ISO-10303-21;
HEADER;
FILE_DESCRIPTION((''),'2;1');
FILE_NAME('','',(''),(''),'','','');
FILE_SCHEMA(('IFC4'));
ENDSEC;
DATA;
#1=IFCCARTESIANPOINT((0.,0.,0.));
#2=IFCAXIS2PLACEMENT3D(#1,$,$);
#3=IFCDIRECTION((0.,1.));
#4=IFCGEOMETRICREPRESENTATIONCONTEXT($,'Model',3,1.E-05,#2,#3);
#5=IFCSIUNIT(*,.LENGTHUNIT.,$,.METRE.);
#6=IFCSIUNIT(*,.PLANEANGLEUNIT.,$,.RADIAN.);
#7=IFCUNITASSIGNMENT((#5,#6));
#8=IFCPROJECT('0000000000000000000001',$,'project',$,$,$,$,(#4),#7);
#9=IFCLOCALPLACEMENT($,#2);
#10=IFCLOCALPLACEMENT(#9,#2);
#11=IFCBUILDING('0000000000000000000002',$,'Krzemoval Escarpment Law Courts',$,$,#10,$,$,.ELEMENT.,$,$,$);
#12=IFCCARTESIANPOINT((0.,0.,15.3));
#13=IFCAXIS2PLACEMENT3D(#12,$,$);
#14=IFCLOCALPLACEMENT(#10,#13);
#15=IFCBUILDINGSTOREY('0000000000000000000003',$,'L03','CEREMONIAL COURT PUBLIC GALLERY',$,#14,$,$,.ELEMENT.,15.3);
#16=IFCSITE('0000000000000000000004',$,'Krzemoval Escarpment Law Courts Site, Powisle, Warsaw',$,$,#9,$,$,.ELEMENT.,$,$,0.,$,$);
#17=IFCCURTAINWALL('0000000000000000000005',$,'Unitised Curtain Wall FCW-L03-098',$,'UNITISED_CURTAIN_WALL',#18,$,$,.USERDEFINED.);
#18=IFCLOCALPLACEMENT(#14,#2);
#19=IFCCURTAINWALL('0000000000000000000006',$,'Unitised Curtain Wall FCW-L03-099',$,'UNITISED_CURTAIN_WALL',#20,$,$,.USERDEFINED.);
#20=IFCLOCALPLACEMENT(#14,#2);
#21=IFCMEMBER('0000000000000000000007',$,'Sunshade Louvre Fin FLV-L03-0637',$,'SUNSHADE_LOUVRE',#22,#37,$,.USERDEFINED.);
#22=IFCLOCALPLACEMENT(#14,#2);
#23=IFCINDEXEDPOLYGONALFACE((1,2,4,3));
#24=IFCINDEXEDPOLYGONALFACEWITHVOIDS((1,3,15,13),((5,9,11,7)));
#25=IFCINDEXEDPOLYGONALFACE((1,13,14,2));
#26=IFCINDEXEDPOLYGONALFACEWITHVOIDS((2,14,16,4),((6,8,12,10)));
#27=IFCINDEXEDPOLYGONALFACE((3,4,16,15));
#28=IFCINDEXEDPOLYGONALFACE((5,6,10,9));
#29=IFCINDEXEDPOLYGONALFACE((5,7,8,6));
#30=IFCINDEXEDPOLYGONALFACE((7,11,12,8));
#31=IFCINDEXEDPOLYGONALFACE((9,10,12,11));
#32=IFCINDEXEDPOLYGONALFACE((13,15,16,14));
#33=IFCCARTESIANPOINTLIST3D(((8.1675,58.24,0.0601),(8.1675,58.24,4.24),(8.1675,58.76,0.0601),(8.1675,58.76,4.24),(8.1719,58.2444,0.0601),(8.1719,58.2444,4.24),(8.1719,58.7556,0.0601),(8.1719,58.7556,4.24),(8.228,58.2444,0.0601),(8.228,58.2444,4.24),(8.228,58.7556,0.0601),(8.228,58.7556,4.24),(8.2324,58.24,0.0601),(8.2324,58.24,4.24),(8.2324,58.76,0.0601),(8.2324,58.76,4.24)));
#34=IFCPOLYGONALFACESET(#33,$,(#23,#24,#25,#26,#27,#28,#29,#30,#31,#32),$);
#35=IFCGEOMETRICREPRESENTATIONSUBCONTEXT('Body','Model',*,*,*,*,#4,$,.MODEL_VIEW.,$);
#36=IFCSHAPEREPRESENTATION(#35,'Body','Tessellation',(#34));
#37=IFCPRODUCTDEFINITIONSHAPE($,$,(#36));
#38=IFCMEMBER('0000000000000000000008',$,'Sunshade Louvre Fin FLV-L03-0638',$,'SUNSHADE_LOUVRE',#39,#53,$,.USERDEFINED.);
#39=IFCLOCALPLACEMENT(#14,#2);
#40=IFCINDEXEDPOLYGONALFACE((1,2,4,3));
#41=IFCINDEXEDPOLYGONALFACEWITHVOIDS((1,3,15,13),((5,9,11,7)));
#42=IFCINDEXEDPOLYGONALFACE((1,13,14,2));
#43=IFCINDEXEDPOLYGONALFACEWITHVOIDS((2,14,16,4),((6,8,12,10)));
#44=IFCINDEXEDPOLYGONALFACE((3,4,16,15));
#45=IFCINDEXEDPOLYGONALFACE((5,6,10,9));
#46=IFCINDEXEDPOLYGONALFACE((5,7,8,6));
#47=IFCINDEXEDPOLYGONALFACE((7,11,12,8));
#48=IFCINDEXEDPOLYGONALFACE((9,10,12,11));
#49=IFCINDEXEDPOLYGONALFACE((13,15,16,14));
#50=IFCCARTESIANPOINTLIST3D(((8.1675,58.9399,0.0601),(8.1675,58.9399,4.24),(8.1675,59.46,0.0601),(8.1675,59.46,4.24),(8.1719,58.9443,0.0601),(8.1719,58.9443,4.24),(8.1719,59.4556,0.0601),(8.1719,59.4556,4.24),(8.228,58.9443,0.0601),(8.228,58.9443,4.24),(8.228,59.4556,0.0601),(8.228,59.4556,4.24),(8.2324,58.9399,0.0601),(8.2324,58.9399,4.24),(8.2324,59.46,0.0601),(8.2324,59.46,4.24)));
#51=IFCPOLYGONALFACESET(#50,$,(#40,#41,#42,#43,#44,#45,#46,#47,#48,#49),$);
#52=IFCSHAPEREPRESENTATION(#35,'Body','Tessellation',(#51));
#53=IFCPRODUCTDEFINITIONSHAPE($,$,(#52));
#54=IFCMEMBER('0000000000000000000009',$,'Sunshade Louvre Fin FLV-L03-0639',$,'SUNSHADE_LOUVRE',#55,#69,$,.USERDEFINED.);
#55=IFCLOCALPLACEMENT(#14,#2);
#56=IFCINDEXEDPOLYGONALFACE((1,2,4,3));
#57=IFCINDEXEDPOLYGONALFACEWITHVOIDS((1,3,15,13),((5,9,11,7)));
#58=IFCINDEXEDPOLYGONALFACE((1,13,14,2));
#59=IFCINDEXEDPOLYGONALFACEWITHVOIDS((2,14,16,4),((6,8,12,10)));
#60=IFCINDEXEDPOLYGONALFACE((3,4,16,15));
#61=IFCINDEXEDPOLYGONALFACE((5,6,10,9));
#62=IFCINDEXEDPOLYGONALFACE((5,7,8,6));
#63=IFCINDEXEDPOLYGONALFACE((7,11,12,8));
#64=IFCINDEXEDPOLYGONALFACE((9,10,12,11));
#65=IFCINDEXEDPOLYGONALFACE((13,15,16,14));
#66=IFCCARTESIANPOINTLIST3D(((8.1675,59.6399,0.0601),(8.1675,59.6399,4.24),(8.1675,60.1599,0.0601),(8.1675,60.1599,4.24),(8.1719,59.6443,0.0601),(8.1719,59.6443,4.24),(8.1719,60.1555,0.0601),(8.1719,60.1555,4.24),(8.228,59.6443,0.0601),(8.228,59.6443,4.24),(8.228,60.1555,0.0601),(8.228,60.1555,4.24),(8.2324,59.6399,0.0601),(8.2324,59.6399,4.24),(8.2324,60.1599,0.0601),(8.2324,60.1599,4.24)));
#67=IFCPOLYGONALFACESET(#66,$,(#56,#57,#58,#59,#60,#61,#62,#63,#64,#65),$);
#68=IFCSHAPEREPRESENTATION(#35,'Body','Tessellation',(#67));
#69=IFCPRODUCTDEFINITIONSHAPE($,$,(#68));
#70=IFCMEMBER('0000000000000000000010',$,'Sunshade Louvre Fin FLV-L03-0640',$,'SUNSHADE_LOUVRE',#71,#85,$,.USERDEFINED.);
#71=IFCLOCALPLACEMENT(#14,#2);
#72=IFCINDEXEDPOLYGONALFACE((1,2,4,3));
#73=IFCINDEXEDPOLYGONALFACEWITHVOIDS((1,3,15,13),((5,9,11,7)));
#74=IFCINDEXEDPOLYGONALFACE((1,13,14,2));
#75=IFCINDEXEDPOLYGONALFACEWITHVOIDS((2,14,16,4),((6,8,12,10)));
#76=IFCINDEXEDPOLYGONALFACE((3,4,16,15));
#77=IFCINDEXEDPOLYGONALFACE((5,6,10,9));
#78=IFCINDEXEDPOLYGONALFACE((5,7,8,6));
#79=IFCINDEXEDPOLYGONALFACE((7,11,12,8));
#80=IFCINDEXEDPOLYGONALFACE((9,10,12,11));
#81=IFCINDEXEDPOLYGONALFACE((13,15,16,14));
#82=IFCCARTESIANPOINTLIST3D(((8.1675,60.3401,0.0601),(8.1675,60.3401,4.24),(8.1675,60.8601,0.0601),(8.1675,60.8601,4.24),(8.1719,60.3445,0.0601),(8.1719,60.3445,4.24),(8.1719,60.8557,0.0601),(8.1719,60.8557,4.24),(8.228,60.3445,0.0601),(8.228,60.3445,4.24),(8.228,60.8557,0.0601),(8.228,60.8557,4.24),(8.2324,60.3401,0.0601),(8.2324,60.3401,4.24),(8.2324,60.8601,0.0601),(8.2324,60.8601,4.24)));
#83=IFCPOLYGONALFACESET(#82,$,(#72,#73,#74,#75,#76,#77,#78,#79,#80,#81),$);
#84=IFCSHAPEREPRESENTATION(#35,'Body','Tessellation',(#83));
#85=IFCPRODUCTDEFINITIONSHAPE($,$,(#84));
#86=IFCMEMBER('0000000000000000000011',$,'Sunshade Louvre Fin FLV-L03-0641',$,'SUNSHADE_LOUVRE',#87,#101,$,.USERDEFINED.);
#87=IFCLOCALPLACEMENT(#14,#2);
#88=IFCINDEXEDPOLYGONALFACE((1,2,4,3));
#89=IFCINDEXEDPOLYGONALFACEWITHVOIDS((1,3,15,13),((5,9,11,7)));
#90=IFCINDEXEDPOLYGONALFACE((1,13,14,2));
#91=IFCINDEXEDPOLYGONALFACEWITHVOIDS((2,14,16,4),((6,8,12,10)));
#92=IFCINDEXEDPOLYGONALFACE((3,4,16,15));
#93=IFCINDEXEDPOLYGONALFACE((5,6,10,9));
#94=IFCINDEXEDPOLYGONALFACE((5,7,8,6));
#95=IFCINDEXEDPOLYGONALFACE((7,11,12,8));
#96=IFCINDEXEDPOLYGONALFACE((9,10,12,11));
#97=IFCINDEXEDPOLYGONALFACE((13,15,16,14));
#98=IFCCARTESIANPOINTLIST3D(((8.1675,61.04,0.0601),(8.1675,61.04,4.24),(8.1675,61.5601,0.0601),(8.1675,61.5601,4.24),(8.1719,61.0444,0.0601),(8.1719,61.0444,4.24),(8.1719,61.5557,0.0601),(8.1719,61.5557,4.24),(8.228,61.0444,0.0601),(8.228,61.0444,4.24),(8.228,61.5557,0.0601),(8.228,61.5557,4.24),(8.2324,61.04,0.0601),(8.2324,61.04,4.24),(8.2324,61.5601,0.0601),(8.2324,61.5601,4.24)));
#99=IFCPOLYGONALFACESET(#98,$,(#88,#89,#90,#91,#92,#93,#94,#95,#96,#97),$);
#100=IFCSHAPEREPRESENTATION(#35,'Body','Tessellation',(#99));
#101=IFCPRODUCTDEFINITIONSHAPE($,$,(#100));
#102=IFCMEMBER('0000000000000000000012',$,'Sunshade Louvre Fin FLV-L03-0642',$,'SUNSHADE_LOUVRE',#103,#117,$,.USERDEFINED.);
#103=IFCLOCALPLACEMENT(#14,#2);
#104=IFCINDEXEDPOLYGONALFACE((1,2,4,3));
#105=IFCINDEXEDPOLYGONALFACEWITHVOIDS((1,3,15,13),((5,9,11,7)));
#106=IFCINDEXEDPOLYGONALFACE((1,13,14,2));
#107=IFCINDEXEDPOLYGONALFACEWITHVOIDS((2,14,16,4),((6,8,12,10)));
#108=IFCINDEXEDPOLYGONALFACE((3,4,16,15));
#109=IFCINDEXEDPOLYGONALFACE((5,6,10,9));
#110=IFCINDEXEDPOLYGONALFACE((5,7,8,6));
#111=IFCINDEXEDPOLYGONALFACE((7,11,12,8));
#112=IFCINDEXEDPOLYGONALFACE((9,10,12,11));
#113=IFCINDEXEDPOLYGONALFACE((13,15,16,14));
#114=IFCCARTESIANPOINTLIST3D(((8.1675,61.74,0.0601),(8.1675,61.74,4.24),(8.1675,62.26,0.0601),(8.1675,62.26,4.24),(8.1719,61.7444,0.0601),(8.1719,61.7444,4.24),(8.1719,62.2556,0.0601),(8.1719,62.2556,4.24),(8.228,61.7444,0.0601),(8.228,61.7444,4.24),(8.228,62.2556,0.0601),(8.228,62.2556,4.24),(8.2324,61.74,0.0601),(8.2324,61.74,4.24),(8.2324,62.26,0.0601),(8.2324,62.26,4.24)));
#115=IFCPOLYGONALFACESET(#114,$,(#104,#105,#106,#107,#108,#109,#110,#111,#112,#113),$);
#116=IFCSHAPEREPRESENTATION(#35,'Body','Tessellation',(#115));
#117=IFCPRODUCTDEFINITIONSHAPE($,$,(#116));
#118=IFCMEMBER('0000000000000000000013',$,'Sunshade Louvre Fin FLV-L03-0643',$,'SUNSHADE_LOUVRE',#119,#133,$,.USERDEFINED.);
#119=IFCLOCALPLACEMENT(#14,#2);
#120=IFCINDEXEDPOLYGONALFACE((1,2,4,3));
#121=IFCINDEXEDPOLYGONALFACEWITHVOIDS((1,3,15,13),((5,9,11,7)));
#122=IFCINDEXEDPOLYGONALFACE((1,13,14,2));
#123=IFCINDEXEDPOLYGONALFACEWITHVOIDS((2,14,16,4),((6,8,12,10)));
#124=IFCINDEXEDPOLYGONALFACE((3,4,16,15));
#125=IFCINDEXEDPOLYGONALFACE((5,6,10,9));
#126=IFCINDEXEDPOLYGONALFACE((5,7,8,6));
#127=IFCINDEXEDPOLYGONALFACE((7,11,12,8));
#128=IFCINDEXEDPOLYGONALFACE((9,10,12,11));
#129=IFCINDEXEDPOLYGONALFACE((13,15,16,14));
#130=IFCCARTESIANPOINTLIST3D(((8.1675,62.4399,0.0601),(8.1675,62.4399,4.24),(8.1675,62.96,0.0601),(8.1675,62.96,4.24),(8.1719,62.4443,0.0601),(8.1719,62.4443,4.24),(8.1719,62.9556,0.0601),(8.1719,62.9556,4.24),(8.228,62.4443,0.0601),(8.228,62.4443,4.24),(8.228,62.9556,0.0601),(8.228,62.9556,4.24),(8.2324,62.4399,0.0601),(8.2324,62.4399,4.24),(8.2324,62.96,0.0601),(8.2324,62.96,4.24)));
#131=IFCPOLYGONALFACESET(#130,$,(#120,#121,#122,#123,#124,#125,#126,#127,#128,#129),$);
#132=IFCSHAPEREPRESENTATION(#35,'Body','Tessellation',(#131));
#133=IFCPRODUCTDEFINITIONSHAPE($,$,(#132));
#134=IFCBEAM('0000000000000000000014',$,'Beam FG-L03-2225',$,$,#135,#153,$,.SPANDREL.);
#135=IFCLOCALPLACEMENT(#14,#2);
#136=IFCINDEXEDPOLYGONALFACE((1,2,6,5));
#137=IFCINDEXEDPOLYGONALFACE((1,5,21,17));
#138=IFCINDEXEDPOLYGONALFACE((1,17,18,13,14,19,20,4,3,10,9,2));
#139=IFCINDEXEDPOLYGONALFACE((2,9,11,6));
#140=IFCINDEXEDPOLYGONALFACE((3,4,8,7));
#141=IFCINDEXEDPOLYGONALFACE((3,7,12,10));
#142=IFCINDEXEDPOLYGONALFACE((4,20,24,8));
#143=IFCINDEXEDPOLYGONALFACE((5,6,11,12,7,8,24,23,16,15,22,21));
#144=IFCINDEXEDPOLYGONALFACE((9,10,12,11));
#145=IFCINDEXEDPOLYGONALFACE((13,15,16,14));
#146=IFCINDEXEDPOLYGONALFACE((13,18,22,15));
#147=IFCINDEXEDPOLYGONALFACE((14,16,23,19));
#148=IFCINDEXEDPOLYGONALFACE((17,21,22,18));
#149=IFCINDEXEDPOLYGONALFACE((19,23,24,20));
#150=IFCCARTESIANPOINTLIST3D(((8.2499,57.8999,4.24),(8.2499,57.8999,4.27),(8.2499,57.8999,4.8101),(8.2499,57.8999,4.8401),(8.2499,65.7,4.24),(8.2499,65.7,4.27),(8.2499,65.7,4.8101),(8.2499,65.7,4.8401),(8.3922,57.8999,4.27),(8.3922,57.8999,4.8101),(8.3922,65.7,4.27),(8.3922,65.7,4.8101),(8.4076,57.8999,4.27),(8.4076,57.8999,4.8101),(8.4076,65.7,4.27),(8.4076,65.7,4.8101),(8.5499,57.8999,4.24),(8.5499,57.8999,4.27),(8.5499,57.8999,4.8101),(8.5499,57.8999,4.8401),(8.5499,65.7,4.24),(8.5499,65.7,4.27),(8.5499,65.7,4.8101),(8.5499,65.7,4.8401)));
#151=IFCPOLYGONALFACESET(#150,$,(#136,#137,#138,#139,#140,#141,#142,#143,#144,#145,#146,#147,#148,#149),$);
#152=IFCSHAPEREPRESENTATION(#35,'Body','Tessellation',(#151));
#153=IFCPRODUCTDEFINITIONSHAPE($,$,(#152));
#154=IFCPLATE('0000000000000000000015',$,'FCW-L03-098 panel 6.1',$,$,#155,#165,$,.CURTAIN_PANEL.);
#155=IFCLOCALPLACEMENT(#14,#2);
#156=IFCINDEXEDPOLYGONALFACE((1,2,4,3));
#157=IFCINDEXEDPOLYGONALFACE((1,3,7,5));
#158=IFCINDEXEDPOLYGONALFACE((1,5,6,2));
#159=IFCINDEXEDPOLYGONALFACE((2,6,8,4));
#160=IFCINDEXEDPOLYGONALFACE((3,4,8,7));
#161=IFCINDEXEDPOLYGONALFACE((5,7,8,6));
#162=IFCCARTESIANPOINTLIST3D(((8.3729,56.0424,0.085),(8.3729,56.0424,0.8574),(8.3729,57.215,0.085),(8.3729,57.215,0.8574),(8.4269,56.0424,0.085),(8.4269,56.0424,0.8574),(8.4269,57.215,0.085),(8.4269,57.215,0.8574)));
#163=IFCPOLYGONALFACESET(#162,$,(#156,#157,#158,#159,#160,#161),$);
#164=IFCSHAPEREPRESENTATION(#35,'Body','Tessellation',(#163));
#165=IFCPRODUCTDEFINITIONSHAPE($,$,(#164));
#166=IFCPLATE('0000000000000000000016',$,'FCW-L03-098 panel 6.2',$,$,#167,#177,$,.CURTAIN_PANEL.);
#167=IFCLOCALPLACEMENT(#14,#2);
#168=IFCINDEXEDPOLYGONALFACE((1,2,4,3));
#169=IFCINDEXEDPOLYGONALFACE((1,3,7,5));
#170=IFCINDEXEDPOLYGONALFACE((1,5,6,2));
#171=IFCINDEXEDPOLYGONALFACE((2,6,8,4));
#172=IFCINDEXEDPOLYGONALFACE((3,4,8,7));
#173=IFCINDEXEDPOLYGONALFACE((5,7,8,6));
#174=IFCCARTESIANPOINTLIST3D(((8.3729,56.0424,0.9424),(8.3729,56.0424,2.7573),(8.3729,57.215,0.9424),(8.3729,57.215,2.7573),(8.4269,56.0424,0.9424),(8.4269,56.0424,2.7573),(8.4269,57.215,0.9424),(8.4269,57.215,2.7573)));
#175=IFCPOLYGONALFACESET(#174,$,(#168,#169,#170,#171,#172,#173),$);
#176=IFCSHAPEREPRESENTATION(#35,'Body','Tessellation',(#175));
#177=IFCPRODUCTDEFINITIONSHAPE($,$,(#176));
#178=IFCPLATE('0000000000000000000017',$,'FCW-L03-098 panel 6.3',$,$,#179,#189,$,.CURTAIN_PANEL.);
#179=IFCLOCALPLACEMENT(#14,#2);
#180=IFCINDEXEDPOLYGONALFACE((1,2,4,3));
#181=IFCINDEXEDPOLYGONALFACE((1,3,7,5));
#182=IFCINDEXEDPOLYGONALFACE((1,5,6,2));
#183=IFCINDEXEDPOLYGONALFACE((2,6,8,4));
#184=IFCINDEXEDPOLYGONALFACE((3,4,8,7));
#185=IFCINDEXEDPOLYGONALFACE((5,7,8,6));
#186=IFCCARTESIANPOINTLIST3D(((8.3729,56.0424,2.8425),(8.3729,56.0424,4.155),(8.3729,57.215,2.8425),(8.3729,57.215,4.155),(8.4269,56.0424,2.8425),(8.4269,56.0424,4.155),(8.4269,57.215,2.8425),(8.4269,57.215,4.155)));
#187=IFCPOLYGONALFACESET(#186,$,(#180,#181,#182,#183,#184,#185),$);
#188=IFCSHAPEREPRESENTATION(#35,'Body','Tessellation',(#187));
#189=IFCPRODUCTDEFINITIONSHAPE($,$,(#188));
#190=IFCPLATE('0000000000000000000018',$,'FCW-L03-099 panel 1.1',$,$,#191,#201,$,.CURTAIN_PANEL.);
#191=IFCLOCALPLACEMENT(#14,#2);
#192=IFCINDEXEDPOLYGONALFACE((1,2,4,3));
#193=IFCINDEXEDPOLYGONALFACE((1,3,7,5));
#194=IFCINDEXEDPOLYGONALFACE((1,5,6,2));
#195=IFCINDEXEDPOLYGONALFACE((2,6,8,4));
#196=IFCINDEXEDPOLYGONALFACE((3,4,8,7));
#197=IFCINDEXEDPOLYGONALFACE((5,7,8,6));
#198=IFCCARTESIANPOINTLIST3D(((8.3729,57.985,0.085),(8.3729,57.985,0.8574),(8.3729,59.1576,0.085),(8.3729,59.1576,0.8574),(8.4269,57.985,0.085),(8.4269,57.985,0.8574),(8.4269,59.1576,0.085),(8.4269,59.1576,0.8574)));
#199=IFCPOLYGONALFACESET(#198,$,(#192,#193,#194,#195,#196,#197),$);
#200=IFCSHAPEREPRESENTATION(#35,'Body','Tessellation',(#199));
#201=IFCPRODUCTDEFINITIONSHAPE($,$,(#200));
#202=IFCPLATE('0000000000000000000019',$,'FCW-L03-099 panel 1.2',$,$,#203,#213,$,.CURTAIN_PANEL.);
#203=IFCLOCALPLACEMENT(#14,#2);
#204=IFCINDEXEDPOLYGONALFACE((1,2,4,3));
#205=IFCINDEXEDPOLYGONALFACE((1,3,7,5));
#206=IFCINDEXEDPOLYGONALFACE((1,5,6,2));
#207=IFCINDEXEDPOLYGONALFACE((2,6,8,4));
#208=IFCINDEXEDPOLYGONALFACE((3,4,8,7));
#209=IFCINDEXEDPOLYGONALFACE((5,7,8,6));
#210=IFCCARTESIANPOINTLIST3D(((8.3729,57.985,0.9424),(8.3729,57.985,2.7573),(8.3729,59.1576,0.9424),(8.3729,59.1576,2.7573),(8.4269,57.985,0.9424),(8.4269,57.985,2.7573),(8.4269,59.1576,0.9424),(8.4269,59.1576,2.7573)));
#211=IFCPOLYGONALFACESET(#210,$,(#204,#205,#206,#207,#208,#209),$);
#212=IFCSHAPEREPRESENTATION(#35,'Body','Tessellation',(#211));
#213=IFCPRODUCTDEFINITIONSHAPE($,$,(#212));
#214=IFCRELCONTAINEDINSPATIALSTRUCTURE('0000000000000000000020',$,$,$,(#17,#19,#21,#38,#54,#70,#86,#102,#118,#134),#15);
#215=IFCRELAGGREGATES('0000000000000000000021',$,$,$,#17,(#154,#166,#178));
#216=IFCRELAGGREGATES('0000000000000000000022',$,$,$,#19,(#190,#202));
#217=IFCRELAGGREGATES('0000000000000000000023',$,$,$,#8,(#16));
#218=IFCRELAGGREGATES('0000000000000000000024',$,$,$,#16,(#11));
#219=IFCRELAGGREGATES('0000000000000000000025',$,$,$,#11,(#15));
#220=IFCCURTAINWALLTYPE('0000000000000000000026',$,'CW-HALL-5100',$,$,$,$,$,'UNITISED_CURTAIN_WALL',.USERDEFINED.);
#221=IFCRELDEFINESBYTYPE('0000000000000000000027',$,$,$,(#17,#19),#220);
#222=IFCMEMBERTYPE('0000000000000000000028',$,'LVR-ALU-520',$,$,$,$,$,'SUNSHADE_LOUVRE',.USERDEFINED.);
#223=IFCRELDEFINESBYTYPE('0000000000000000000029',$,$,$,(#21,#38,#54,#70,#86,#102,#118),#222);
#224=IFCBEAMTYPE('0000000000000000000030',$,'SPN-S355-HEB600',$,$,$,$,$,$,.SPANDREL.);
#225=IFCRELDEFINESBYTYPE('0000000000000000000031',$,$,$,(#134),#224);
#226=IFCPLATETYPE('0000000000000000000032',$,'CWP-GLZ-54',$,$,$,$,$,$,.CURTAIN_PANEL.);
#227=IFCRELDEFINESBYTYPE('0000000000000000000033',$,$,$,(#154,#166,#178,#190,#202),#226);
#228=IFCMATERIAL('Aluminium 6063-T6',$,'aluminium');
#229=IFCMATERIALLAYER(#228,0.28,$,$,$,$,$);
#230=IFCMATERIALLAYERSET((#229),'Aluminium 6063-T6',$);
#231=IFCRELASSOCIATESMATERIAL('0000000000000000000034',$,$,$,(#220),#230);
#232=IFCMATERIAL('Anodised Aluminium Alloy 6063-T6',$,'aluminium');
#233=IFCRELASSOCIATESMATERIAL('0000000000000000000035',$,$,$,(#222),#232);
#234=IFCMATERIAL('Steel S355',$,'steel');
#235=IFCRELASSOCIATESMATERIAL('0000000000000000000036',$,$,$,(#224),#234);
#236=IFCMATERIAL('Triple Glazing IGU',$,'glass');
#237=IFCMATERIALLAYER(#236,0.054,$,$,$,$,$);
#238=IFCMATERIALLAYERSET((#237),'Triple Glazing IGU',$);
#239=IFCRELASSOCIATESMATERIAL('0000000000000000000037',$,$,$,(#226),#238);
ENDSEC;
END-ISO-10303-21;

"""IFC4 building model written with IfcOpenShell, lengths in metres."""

from ifc_helpers import new_model, si_unit, direction, frame, origin, origin_2d, place, context, subcontext, project, spatial, rectangle, hollow_rectangle, i_section, extrude, material, layer, layer_set, material_profile, profile_set, type_object, element, aggregate, save


model = new_model("IFC4")

# Units and contexts
model_context = context("Model", 3, precision=1e-05, world=origin(), true_north=direction((0.0, 1.0)))
body_context = subcontext(model_context, "Body", "Model", "MODEL_VIEW")
ifc_project = project(units=[si_unit("LENGTHUNIT", "METRE"), si_unit("PLANEANGLEUNIT", "RADIAN")], contexts=[model_context])

# Site, building, storey
site_placement = place(None, origin())
site = spatial("IfcSite", under=ifc_project, at=site_placement, Name="Krzemoval Escarpment Law Courts Site, Powisle, Warsaw", CompositionType="ELEMENT", RefElevation=0.0)
building_placement = place(site_placement, origin())
building = spatial("IfcBuilding", under=site, at=building_placement, Name="Krzemoval Escarpment Law Courts", CompositionType="ELEMENT")
storey_placement = place(building_placement, frame((0.0, 0.0, 15.3)))
storey = spatial("IfcBuildingStorey", under=building, at=storey_placement, Name="L03", Description="CEREMONIAL COURT PUBLIC GALLERY", CompositionType="ELEMENT", Elevation=15.3)

# Curtain wall
ifc_material_1 = material(Name="Aluminium 6063-T6", Category="aluminium")
ifc_layer_1 = layer(ifc_material_1, 0.28)
ifc_layer_set_1 = layer_set([ifc_layer_1], Name="Aluminium 6063-T6")
curtain_wall_type = type_object("IfcCurtainWallType", Name="CW-HALL-5100", ElementType="UNITISED_CURTAIN_WALL", PredefinedType="USERDEFINED", material=ifc_layer_set_1)
curtain_wall_1_placement = place(storey_placement, origin())
curtain_wall_1 = element("IfcCurtainWall", 1, at=curtain_wall_1_placement, inside=storey, type_object=curtain_wall_type, Name="Unitised Curtain Wall FCW-L03-098", ObjectType="UNITISED_CURTAIN_WALL", PredefinedType="USERDEFINED")

# Curtain wall
curtain_wall_2_placement = place(storey_placement, origin())
curtain_wall_2 = element("IfcCurtainWall", 2, at=curtain_wall_2_placement, inside=storey, type_object=curtain_wall_type, Name="Unitised Curtain Wall FCW-L03-099", ObjectType="UNITISED_CURTAIN_WALL", PredefinedType="USERDEFINED")

# Members
ifc_material_2 = material(Name="Anodised Aluminium Alloy 6063-T6", Category="aluminium")
ifc_material_profile_1 = material_profile(ifc_material_2, hollow_rectangle(XDim=0.0649, YDim=0.52, WallThickness=0.0044, at=origin_2d()), Name="ALU LVR 65x520")
ifc_profile_set_1 = profile_set([ifc_material_profile_1], Name="Anodised Aluminium Alloy 6063-T6")
member_type_1 = type_object("IfcMemberType", Name="LVR-ALU-520", ElementType="SUNSHADE_LOUVRE", PredefinedType="USERDEFINED", material=ifc_profile_set_1)
for number, where, z_axis, x_axis, name in (
    (3, (8.2, 58.5, 0.0601), (0.0, 0.0, 1.0), (1.0, 0.0, 0.0), "Sunshade Louvre Fin FLV-L03-0637"),
    (4, (8.2, 59.2, 0.0601), (0.0, 0.0, 1.0), (1.0, 0.0, 0.0), "Sunshade Louvre Fin FLV-L03-0638"),
    (5, (8.2, 59.8999, 0.0601), (0.0, 0.0, 1.0), (1.0, 0.0, 0.0), "Sunshade Louvre Fin FLV-L03-0639"),
    (6, (8.2, 60.6001, 0.0601), (0.0, 0.0, 1.0), (1.0, 0.0, 0.0), "Sunshade Louvre Fin FLV-L03-0640"),
    (7, (8.2, 61.3, 0.0601), (0.0, 0.0, 1.0), (1.0, 0.0, 0.0), "Sunshade Louvre Fin FLV-L03-0641"),
    (8, (8.2, 62.0, 0.0601), (0.0, 0.0, 1.0), (1.0, 0.0, 0.0), "Sunshade Louvre Fin FLV-L03-0642"),
    (9, (8.2, 62.7, 0.0601), (0.0, 0.0, 1.0), (1.0, 0.0, 0.0), "Sunshade Louvre Fin FLV-L03-0643"),
):
    element("IfcMember", number, at=place(storey_placement, frame(where, z_axis=z_axis, x_axis=x_axis)), inside=storey, type_object=member_type_1, Name=name, ObjectType="SUNSHADE_LOUVRE", PredefinedType="USERDEFINED", context=body_context, shape_type="SweptSolid", body=[
        extrude(hollow_rectangle(XDim=0.0649, YDim=0.52, WallThickness=0.0044, at=origin_2d()), origin(), (0.0, 0.0, 1.0), 4.1799),
    ])

# Beam
ifc_material_3 = material(Name="Steel S355", Category="steel")
ifc_material_profile_2 = material_profile(ifc_material_3, i_section(OverallWidth=0.3, OverallDepth=0.6001, WebThickness=0.0154, FlangeThickness=0.03, at=origin_2d()), Name="HEB 600")
ifc_profile_set_2 = profile_set([ifc_material_profile_2], Name="Steel S355")
beam_type = type_object("IfcBeamType", Name="SPN-S355-HEB600", PredefinedType="SPANDREL", material=ifc_profile_set_2)
beam_placement = place(storey_placement, frame((8.3999, 57.8999, 4.54), z_axis=(0.0, 1.0, 0.0), x_axis=(-1.0, 0.0, 0.0)))
element("IfcBeam", 10, at=beam_placement, inside=storey, type_object=beam_type, Name="Beam FG-L03-2225", PredefinedType="SPANDREL", context=body_context, shape_type="SweptSolid", body=[
    extrude(i_section(OverallWidth=0.3, OverallDepth=0.6001, WebThickness=0.0154, FlangeThickness=0.03, at=origin_2d()), origin(), (0.0, 0.0, 1.0), 7.8),
])

# Plates
ifc_material_4 = material(Name="Triple Glazing IGU", Category="glass")
ifc_layer_2 = layer(ifc_material_4, 0.054)
ifc_layer_set_2 = layer_set([ifc_layer_2], Name="Triple Glazing IGU")
plate_type = type_object("IfcPlateType", Name="CWP-GLZ-54", PredefinedType="CURTAIN_PANEL", material=ifc_layer_set_2)
plate_1_placement = place(storey_placement, frame((8.3999, 56.6287, 0.085), z_axis=(0.0, 0.0, 1.0), x_axis=(0.0, 1.0, 0.0)))
plate_1 = element("IfcPlate", 11, at=plate_1_placement, type_object=plate_type, Name="FCW-L03-098 panel 6.1", PredefinedType="CURTAIN_PANEL", context=body_context, shape_type="SweptSolid", body=[
    extrude(rectangle(XDim=1.1726, YDim=0.054, at=origin_2d()), origin(), (0.0, 0.0, 1.0), 0.7725),
])
plate_2_placement = place(storey_placement, frame((8.3999, 56.6287, 0.9424), z_axis=(0.0, 0.0, 1.0), x_axis=(0.0, 1.0, 0.0)))
plate_2 = element("IfcPlate", 12, at=plate_2_placement, type_object=plate_type, Name="FCW-L03-098 panel 6.2", PredefinedType="CURTAIN_PANEL", context=body_context, shape_type="SweptSolid", body=[
    extrude(rectangle(XDim=1.1726, YDim=0.054, at=origin_2d()), origin(), (0.0, 0.0, 1.0), 1.8149),
])
plate_3_placement = place(storey_placement, frame((8.3999, 56.6287, 2.8425), z_axis=(0.0, 0.0, 1.0), x_axis=(0.0, 1.0, 0.0)))
plate_3 = element("IfcPlate", 13, at=plate_3_placement, type_object=plate_type, Name="FCW-L03-098 panel 6.3", PredefinedType="CURTAIN_PANEL", context=body_context, shape_type="SweptSolid", body=[
    extrude(rectangle(XDim=1.1726, YDim=0.054, at=origin_2d()), origin(), (0.0, 0.0, 1.0), 1.3125),
])
aggregate(curtain_wall_1, [plate_1, plate_2, plate_3])
plate_4_placement = place(storey_placement, frame((8.3999, 58.5713, 0.085), z_axis=(0.0, 0.0, 1.0), x_axis=(0.0, 1.0, 0.0)))
plate_4 = element("IfcPlate", 14, at=plate_4_placement, type_object=plate_type, Name="FCW-L03-099 panel 1.1", PredefinedType="CURTAIN_PANEL", context=body_context, shape_type="SweptSolid", body=[
    extrude(rectangle(XDim=1.1726, YDim=0.054, at=origin_2d()), origin(), (0.0, 0.0, 1.0), 0.7725),
])
plate_5_placement = place(storey_placement, frame((8.3999, 58.5713, 0.9424), z_axis=(0.0, 0.0, 1.0), x_axis=(0.0, 1.0, 0.0)))
plate_5 = element("IfcPlate", 15, at=plate_5_placement, type_object=plate_type, Name="FCW-L03-099 panel 1.2", PredefinedType="CURTAIN_PANEL", context=body_context, shape_type="SweptSolid", body=[
    extrude(rectangle(XDim=1.1726, YDim=0.054, at=origin_2d()), origin(), (0.0, 0.0, 1.0), 1.8149),
])
aggregate(curtain_wall_2, [plate_4, plate_5])

save(model, "model.ifc")
